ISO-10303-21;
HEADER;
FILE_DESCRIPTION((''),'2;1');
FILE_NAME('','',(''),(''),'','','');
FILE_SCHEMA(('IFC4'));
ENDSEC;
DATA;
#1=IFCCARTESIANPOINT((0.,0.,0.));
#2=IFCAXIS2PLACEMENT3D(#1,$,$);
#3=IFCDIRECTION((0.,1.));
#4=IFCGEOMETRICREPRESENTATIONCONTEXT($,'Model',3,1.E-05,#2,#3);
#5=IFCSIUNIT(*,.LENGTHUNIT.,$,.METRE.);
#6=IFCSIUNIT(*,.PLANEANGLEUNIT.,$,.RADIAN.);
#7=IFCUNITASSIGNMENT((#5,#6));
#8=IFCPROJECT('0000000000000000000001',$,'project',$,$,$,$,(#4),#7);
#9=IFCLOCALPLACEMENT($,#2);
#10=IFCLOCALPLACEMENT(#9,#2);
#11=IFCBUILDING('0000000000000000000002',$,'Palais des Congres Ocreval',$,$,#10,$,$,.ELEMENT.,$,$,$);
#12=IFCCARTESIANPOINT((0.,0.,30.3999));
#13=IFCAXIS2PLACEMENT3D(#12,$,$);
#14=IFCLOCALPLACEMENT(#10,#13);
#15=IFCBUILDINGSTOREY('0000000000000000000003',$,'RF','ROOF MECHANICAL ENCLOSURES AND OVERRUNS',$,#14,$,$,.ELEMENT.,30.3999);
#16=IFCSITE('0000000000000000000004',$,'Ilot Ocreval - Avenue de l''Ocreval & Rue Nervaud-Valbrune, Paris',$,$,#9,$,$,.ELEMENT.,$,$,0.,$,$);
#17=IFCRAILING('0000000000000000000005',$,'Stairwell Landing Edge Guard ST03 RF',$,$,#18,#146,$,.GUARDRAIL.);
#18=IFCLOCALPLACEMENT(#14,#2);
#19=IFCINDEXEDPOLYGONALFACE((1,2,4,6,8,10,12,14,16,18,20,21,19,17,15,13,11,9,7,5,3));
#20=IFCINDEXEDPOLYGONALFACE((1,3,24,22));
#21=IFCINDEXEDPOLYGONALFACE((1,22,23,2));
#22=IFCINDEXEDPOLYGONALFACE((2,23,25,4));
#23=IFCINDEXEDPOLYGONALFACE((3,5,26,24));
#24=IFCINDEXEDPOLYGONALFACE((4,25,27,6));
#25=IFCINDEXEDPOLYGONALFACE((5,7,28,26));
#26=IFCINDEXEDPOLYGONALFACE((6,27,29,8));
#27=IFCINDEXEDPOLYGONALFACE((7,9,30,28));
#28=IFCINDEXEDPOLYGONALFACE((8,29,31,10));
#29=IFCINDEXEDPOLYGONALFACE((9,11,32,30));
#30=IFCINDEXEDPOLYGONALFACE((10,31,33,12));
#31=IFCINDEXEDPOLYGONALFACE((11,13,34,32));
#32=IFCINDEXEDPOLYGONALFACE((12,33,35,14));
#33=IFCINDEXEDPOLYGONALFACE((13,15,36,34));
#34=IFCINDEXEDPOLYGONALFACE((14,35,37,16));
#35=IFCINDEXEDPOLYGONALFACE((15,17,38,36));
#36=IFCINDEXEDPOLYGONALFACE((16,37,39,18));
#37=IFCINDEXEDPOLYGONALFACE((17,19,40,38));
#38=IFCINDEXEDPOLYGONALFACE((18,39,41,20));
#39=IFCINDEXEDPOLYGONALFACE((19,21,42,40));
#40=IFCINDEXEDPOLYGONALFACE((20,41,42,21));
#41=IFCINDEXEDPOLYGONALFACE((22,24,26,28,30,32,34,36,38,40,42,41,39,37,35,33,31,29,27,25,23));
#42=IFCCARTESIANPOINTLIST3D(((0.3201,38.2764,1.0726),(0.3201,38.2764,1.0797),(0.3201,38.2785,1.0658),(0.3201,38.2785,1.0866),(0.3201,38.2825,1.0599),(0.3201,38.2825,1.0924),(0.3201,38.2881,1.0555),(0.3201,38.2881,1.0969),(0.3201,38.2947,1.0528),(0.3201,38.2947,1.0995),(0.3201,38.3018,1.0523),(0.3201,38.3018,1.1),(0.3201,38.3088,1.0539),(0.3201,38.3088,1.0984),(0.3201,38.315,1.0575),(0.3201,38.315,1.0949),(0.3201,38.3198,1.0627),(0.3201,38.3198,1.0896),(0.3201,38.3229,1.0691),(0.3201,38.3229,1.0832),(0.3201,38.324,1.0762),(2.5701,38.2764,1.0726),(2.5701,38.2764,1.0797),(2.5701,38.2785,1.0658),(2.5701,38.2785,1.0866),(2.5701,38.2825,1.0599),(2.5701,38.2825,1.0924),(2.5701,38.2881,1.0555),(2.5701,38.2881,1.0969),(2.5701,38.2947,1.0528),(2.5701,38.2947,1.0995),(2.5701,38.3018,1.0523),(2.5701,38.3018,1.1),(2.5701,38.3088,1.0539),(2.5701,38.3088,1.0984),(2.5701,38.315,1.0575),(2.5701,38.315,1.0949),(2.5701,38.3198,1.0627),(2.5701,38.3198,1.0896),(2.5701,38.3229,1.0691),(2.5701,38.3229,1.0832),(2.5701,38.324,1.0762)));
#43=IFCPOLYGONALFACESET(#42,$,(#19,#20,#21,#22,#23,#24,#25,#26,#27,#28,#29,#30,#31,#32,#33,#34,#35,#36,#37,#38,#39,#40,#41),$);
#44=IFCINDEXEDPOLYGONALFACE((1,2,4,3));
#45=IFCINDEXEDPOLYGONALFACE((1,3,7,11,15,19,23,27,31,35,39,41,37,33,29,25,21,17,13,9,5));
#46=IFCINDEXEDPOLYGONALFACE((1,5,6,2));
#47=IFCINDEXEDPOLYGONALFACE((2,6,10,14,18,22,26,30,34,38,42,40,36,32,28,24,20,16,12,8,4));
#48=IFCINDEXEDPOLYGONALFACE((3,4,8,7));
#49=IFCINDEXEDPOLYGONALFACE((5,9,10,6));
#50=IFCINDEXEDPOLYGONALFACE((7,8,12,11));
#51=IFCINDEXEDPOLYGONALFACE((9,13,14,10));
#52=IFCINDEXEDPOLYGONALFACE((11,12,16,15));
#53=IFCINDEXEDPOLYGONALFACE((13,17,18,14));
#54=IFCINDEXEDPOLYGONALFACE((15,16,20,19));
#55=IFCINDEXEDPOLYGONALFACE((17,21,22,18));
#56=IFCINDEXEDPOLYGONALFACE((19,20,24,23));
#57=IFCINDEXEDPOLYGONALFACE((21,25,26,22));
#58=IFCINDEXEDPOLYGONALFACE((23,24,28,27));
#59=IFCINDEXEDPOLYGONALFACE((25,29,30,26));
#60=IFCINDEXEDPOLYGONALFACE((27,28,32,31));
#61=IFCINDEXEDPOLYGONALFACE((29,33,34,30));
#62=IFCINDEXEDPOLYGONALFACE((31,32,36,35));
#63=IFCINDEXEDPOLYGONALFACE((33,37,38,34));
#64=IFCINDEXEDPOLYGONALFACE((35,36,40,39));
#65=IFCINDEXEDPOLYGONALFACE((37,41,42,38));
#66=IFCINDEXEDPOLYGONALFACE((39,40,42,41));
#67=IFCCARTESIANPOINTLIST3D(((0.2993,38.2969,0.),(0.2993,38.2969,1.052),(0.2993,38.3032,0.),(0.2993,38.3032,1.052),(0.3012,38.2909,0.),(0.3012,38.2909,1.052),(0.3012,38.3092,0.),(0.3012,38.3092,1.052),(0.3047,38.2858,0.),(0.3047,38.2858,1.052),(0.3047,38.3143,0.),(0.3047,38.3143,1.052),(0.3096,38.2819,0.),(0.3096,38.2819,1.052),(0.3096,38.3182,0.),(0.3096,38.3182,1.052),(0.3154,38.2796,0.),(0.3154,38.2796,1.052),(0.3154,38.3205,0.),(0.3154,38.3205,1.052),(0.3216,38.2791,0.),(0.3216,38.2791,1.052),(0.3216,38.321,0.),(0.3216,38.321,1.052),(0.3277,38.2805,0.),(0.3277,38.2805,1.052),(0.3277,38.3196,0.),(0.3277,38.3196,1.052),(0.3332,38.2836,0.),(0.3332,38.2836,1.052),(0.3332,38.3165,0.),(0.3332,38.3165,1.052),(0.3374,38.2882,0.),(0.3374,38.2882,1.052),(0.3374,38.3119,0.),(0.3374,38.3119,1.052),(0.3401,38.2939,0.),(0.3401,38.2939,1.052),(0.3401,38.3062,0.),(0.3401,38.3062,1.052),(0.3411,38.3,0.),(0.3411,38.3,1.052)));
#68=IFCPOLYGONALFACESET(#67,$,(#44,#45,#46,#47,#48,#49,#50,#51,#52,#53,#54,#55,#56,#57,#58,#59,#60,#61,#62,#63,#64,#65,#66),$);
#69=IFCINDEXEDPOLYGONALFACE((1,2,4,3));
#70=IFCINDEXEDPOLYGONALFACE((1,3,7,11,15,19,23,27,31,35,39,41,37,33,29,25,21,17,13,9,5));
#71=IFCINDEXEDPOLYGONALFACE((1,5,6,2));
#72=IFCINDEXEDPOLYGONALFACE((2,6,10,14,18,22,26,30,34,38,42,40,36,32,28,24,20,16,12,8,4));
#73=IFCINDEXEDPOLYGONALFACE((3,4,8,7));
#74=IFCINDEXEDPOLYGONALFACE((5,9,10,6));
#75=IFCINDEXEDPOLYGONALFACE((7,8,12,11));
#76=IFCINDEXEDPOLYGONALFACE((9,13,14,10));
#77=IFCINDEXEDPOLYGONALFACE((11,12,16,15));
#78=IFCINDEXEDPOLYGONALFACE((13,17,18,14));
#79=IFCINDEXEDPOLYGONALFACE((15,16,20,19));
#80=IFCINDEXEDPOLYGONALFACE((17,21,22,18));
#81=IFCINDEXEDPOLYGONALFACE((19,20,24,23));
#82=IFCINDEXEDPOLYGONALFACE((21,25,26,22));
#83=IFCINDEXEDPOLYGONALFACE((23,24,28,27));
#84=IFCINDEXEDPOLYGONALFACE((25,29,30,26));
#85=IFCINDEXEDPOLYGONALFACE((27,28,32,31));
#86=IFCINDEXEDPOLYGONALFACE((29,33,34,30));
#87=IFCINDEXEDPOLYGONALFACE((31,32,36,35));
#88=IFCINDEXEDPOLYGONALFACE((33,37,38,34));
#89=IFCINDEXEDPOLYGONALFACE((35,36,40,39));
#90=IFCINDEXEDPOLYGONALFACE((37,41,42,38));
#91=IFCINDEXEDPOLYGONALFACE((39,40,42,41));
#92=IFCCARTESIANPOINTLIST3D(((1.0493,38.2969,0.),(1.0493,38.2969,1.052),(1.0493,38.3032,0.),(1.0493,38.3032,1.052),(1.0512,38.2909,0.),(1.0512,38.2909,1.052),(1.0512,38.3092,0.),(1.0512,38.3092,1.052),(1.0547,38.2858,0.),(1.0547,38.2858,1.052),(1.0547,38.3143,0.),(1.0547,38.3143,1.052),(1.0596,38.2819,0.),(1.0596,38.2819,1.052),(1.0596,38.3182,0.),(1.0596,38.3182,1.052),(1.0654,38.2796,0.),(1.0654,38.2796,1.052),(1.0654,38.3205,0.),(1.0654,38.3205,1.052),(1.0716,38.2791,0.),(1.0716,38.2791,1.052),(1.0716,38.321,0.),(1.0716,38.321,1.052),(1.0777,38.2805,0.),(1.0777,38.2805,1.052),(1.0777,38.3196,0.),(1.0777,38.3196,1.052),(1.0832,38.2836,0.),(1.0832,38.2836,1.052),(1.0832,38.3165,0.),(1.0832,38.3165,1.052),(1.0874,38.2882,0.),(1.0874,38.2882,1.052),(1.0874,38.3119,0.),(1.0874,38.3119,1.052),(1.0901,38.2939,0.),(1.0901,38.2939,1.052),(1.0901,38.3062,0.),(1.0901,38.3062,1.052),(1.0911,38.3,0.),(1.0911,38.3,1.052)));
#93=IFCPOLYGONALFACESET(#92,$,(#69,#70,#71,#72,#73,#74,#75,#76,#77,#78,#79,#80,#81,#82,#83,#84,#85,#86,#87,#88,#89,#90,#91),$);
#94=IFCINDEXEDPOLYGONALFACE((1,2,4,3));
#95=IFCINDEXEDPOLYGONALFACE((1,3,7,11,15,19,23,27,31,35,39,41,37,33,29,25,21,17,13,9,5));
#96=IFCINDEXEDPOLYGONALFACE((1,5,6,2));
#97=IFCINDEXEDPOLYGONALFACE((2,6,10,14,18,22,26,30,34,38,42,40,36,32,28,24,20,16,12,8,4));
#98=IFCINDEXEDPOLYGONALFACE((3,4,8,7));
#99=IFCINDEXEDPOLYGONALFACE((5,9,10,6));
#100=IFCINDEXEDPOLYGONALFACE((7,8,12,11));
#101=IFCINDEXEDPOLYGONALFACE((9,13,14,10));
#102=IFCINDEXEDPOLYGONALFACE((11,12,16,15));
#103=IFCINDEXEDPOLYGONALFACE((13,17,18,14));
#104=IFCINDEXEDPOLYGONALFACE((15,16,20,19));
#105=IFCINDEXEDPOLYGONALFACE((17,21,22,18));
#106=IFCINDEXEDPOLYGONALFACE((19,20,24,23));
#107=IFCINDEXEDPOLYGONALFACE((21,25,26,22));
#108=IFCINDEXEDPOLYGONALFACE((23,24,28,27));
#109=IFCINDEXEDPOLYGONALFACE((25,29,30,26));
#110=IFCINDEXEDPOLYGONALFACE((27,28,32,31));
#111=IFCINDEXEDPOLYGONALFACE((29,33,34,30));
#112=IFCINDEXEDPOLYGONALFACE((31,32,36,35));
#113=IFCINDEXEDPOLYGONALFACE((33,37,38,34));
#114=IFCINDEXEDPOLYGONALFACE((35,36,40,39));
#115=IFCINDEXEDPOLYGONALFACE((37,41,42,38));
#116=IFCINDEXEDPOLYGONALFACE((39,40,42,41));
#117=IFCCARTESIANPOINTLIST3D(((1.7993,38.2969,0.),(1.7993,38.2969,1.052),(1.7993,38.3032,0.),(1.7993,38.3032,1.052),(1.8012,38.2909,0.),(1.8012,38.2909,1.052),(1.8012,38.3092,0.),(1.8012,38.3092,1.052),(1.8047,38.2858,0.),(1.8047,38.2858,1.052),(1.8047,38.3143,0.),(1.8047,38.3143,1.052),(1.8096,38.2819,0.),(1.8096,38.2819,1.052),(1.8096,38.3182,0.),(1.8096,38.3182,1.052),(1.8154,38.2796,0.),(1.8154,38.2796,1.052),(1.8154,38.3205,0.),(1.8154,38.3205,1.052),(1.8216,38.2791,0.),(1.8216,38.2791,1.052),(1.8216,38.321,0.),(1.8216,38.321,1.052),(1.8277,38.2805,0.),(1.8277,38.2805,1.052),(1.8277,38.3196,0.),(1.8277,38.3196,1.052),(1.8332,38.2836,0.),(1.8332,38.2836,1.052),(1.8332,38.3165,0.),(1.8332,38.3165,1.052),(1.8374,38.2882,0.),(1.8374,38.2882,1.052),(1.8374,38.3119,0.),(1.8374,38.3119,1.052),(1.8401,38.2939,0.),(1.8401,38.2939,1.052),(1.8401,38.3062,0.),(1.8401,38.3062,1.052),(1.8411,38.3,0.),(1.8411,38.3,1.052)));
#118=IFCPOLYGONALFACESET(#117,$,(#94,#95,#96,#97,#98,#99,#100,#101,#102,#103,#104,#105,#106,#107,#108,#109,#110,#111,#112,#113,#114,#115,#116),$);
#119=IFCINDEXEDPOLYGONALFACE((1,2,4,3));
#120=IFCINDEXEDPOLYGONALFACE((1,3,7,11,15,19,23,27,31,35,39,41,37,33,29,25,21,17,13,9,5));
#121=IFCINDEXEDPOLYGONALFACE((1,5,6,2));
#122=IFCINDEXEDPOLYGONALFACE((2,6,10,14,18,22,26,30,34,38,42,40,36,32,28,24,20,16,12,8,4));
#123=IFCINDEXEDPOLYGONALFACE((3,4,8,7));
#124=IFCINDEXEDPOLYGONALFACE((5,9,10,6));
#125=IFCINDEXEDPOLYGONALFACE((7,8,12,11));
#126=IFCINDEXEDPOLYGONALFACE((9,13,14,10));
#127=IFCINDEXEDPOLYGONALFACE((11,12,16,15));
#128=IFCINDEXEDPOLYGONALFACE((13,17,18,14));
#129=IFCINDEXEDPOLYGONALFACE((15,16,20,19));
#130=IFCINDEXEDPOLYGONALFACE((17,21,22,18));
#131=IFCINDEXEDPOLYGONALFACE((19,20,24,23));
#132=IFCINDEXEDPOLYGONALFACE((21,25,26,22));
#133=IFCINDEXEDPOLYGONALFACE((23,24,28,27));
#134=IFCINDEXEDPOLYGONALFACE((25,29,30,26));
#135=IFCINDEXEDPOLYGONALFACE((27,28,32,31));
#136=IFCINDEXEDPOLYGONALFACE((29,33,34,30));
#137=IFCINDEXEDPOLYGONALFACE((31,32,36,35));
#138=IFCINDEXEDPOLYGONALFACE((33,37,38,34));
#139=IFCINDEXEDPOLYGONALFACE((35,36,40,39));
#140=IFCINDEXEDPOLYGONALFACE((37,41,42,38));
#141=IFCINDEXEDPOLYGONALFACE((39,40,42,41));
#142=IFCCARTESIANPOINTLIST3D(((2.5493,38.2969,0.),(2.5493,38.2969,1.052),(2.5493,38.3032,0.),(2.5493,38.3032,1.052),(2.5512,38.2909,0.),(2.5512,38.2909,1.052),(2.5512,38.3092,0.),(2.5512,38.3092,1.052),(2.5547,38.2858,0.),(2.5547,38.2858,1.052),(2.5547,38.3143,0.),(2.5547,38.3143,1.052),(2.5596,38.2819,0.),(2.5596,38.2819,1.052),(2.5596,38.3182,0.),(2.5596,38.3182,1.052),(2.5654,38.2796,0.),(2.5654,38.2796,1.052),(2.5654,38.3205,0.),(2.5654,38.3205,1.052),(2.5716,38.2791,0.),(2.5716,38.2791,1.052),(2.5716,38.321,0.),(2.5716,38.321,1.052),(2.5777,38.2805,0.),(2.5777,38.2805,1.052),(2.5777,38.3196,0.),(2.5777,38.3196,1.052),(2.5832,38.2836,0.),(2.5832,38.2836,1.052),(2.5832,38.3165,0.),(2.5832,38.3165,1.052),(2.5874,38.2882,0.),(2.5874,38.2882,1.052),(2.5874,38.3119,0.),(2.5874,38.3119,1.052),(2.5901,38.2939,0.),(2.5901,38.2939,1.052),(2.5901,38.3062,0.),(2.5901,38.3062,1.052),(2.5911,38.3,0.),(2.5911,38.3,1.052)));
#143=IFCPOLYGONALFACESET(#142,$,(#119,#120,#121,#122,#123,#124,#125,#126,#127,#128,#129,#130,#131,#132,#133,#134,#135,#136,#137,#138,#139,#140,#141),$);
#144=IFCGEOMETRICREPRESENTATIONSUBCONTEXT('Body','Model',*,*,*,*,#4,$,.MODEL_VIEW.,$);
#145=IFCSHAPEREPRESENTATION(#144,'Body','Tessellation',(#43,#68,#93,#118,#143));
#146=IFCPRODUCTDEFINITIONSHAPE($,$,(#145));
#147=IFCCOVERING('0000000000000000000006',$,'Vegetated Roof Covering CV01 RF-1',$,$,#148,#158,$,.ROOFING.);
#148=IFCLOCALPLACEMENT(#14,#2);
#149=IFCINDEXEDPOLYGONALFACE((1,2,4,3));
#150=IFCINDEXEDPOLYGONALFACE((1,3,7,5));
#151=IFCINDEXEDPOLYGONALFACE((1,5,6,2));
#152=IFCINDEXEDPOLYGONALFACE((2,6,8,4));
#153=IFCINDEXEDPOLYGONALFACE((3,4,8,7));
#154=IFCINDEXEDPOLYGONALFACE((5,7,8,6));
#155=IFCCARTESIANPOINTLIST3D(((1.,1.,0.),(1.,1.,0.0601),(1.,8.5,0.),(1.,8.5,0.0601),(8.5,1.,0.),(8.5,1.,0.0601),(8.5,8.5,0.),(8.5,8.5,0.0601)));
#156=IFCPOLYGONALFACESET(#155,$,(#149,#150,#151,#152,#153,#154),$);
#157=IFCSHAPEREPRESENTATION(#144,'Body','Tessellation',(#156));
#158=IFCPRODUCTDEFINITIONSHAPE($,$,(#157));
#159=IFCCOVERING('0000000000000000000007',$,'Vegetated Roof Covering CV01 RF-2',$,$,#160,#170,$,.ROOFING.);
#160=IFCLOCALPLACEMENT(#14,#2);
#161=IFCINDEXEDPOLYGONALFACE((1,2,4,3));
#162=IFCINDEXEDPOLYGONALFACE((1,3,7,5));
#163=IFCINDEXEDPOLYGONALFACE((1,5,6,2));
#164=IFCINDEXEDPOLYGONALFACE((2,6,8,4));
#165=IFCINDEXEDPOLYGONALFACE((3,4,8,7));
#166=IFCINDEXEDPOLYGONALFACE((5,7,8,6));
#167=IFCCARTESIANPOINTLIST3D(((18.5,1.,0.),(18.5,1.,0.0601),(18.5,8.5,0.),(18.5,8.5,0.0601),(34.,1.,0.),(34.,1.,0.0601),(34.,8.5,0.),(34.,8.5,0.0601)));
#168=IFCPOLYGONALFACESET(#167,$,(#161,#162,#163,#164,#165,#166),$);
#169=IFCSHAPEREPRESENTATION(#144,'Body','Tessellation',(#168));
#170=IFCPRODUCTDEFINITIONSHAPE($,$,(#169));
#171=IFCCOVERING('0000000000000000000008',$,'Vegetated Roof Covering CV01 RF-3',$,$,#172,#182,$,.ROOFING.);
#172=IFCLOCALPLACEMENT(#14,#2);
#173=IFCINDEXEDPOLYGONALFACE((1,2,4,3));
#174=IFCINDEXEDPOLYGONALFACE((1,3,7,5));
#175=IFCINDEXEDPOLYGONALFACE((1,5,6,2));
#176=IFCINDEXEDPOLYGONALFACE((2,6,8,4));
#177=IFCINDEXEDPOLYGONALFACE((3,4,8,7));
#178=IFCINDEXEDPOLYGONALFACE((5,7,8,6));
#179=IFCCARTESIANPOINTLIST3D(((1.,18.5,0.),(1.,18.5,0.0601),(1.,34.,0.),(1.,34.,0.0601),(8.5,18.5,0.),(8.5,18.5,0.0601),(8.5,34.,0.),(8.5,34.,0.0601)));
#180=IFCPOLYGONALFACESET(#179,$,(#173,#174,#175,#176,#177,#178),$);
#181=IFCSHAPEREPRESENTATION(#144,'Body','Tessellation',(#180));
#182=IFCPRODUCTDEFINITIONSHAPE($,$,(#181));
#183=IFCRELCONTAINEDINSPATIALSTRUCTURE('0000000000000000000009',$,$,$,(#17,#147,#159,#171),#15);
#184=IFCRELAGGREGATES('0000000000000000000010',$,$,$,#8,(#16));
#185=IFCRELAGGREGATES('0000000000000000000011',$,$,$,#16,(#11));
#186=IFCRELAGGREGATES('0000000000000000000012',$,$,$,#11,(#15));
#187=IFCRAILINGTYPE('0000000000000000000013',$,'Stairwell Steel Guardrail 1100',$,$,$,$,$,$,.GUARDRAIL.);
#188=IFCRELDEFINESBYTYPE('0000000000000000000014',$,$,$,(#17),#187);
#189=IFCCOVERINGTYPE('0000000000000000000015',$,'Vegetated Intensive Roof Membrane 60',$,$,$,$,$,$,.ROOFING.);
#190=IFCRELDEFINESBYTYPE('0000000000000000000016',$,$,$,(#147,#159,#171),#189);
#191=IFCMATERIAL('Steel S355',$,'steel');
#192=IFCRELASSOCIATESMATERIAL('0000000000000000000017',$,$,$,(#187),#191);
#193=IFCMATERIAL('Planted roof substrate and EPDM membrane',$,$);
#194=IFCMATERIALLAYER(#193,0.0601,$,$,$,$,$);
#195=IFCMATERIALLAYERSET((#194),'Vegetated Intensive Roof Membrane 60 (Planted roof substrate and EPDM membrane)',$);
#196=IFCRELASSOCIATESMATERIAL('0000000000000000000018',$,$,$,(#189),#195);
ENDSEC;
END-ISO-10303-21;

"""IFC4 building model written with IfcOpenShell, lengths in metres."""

from ifc_helpers import new_model, si_unit, direction, frame, origin, origin_2d, place, context, subcontext, project, spatial, polyline, circle, outline, extrude, material, layer, layer_set, type_object, element, save


model = new_model("IFC4")

# Units and contexts
model_context = context("Model", 3, precision=1e-05, world=origin(), true_north=direction((0.0, 1.0)))
body_context = subcontext(model_context, "Body", "Model", "MODEL_VIEW")
ifc_project = project(units=[si_unit("LENGTHUNIT", "METRE"), si_unit("PLANEANGLEUNIT", "RADIAN")], contexts=[model_context])

# Site, building, storey
site_placement = place(None, origin())
site = spatial("IfcSite", under=ifc_project, at=site_placement, Name="Ilot Ocreval - Avenue de l'Ocreval & Rue Nervaud-Valbrune, Paris", CompositionType="ELEMENT", RefElevation=0.0)
building_placement = place(site_placement, origin())
building = spatial("IfcBuilding", under=site, at=building_placement, Name="Palais des Congres Ocreval", CompositionType="ELEMENT")
storey_placement = place(building_placement, frame((0.0, 0.0, 30.3999)))
storey = spatial("IfcBuildingStorey", under=building, at=storey_placement, Name="RF", Description="ROOF MECHANICAL ENCLOSURES AND OVERRUNS", CompositionType="ELEMENT", Elevation=30.3999)

# Railing
ifc_material_1 = material(Name="Steel S355", Category="steel")
railing_type = type_object("IfcRailingType", Name="Stairwell Steel Guardrail 1100", PredefinedType="GUARDRAIL", material=ifc_material_1)
railing_placement = place(storey_placement, frame((0.3201, 38.3, 0.0)))
element("IfcRailing", 1, at=railing_placement, inside=storey, type_object=railing_type, Name="Stairwell Landing Edge Guard ST03 RF", PredefinedType="GUARDRAIL", context=body_context, shape_type="SweptSolid", body=[
    extrude(circle(Radius=0.0239, at=origin_2d()), frame((0.0, 0.0, 1.0762), z_axis=(1.0, 0.0, 0.0), x_axis=(0.0, 1.0, 0.0)), (0.0, 0.0, 1.0), 2.25),
    extrude(circle(Radius=0.021, at=origin_2d()), origin(), (0.0, 0.0, 1.0), 1.052),
    extrude(circle(Radius=0.021, at=origin_2d()), frame((0.75, 0.0, 0.0)), (0.0, 0.0, 1.0), 1.052),
    extrude(circle(Radius=0.021, at=origin_2d()), frame((1.5, 0.0, 0.0)), (0.0, 0.0, 1.0), 1.052),
    extrude(circle(Radius=0.021, at=origin_2d()), frame((2.25, 0.0, 0.0)), (0.0, 0.0, 1.0), 1.052),
])

# Coverings
ifc_material_2 = material(Name="Planted roof substrate and EPDM membrane")
ifc_layer_1 = layer(ifc_material_2, 0.0601)
ifc_layer_set_1 = layer_set([ifc_layer_1], Name="Vegetated Intensive Roof Membrane 60 (Planted roof substrate and EPDM membrane)")
covering_type = type_object("IfcCoveringType", Name="Vegetated Intensive Roof Membrane 60", PredefinedType="ROOFING", material=ifc_layer_set_1)
covering_1_placement = place(storey_placement, origin())
element("IfcCovering", 2, at=covering_1_placement, inside=storey, type_object=covering_type, Name="Vegetated Roof Covering CV01 RF-1", PredefinedType="ROOFING", context=body_context, shape_type="SweptSolid", body=[
    extrude(outline(polyline([(1.0, 1.0), (8.5, 1.0), (8.5, 8.5), (1.0, 8.5), (1.0, 1.0)])), origin(), (0.0, 0.0, 1.0), 0.0601),
])
covering_2_placement = place(storey_placement, origin())
element("IfcCovering", 3, at=covering_2_placement, inside=storey, type_object=covering_type, Name="Vegetated Roof Covering CV01 RF-2", PredefinedType="ROOFING", context=body_context, shape_type="SweptSolid", body=[
    extrude(outline(polyline([(18.5, 1.0), (34.0, 1.0), (34.0, 8.5), (18.5, 8.5), (18.5, 1.0)])), origin(), (0.0, 0.0, 1.0), 0.0601),
])
covering_3_placement = place(storey_placement, origin())
element("IfcCovering", 4, at=covering_3_placement, inside=storey, type_object=covering_type, Name="Vegetated Roof Covering CV01 RF-3", PredefinedType="ROOFING", context=body_context, shape_type="SweptSolid", body=[
    extrude(outline(polyline([(1.0, 18.5), (8.5, 18.5), (8.5, 34.0), (1.0, 34.0), (1.0, 18.5)])), origin(), (0.0, 0.0, 1.0), 0.0601),
])

save(model, "model.ifc")
